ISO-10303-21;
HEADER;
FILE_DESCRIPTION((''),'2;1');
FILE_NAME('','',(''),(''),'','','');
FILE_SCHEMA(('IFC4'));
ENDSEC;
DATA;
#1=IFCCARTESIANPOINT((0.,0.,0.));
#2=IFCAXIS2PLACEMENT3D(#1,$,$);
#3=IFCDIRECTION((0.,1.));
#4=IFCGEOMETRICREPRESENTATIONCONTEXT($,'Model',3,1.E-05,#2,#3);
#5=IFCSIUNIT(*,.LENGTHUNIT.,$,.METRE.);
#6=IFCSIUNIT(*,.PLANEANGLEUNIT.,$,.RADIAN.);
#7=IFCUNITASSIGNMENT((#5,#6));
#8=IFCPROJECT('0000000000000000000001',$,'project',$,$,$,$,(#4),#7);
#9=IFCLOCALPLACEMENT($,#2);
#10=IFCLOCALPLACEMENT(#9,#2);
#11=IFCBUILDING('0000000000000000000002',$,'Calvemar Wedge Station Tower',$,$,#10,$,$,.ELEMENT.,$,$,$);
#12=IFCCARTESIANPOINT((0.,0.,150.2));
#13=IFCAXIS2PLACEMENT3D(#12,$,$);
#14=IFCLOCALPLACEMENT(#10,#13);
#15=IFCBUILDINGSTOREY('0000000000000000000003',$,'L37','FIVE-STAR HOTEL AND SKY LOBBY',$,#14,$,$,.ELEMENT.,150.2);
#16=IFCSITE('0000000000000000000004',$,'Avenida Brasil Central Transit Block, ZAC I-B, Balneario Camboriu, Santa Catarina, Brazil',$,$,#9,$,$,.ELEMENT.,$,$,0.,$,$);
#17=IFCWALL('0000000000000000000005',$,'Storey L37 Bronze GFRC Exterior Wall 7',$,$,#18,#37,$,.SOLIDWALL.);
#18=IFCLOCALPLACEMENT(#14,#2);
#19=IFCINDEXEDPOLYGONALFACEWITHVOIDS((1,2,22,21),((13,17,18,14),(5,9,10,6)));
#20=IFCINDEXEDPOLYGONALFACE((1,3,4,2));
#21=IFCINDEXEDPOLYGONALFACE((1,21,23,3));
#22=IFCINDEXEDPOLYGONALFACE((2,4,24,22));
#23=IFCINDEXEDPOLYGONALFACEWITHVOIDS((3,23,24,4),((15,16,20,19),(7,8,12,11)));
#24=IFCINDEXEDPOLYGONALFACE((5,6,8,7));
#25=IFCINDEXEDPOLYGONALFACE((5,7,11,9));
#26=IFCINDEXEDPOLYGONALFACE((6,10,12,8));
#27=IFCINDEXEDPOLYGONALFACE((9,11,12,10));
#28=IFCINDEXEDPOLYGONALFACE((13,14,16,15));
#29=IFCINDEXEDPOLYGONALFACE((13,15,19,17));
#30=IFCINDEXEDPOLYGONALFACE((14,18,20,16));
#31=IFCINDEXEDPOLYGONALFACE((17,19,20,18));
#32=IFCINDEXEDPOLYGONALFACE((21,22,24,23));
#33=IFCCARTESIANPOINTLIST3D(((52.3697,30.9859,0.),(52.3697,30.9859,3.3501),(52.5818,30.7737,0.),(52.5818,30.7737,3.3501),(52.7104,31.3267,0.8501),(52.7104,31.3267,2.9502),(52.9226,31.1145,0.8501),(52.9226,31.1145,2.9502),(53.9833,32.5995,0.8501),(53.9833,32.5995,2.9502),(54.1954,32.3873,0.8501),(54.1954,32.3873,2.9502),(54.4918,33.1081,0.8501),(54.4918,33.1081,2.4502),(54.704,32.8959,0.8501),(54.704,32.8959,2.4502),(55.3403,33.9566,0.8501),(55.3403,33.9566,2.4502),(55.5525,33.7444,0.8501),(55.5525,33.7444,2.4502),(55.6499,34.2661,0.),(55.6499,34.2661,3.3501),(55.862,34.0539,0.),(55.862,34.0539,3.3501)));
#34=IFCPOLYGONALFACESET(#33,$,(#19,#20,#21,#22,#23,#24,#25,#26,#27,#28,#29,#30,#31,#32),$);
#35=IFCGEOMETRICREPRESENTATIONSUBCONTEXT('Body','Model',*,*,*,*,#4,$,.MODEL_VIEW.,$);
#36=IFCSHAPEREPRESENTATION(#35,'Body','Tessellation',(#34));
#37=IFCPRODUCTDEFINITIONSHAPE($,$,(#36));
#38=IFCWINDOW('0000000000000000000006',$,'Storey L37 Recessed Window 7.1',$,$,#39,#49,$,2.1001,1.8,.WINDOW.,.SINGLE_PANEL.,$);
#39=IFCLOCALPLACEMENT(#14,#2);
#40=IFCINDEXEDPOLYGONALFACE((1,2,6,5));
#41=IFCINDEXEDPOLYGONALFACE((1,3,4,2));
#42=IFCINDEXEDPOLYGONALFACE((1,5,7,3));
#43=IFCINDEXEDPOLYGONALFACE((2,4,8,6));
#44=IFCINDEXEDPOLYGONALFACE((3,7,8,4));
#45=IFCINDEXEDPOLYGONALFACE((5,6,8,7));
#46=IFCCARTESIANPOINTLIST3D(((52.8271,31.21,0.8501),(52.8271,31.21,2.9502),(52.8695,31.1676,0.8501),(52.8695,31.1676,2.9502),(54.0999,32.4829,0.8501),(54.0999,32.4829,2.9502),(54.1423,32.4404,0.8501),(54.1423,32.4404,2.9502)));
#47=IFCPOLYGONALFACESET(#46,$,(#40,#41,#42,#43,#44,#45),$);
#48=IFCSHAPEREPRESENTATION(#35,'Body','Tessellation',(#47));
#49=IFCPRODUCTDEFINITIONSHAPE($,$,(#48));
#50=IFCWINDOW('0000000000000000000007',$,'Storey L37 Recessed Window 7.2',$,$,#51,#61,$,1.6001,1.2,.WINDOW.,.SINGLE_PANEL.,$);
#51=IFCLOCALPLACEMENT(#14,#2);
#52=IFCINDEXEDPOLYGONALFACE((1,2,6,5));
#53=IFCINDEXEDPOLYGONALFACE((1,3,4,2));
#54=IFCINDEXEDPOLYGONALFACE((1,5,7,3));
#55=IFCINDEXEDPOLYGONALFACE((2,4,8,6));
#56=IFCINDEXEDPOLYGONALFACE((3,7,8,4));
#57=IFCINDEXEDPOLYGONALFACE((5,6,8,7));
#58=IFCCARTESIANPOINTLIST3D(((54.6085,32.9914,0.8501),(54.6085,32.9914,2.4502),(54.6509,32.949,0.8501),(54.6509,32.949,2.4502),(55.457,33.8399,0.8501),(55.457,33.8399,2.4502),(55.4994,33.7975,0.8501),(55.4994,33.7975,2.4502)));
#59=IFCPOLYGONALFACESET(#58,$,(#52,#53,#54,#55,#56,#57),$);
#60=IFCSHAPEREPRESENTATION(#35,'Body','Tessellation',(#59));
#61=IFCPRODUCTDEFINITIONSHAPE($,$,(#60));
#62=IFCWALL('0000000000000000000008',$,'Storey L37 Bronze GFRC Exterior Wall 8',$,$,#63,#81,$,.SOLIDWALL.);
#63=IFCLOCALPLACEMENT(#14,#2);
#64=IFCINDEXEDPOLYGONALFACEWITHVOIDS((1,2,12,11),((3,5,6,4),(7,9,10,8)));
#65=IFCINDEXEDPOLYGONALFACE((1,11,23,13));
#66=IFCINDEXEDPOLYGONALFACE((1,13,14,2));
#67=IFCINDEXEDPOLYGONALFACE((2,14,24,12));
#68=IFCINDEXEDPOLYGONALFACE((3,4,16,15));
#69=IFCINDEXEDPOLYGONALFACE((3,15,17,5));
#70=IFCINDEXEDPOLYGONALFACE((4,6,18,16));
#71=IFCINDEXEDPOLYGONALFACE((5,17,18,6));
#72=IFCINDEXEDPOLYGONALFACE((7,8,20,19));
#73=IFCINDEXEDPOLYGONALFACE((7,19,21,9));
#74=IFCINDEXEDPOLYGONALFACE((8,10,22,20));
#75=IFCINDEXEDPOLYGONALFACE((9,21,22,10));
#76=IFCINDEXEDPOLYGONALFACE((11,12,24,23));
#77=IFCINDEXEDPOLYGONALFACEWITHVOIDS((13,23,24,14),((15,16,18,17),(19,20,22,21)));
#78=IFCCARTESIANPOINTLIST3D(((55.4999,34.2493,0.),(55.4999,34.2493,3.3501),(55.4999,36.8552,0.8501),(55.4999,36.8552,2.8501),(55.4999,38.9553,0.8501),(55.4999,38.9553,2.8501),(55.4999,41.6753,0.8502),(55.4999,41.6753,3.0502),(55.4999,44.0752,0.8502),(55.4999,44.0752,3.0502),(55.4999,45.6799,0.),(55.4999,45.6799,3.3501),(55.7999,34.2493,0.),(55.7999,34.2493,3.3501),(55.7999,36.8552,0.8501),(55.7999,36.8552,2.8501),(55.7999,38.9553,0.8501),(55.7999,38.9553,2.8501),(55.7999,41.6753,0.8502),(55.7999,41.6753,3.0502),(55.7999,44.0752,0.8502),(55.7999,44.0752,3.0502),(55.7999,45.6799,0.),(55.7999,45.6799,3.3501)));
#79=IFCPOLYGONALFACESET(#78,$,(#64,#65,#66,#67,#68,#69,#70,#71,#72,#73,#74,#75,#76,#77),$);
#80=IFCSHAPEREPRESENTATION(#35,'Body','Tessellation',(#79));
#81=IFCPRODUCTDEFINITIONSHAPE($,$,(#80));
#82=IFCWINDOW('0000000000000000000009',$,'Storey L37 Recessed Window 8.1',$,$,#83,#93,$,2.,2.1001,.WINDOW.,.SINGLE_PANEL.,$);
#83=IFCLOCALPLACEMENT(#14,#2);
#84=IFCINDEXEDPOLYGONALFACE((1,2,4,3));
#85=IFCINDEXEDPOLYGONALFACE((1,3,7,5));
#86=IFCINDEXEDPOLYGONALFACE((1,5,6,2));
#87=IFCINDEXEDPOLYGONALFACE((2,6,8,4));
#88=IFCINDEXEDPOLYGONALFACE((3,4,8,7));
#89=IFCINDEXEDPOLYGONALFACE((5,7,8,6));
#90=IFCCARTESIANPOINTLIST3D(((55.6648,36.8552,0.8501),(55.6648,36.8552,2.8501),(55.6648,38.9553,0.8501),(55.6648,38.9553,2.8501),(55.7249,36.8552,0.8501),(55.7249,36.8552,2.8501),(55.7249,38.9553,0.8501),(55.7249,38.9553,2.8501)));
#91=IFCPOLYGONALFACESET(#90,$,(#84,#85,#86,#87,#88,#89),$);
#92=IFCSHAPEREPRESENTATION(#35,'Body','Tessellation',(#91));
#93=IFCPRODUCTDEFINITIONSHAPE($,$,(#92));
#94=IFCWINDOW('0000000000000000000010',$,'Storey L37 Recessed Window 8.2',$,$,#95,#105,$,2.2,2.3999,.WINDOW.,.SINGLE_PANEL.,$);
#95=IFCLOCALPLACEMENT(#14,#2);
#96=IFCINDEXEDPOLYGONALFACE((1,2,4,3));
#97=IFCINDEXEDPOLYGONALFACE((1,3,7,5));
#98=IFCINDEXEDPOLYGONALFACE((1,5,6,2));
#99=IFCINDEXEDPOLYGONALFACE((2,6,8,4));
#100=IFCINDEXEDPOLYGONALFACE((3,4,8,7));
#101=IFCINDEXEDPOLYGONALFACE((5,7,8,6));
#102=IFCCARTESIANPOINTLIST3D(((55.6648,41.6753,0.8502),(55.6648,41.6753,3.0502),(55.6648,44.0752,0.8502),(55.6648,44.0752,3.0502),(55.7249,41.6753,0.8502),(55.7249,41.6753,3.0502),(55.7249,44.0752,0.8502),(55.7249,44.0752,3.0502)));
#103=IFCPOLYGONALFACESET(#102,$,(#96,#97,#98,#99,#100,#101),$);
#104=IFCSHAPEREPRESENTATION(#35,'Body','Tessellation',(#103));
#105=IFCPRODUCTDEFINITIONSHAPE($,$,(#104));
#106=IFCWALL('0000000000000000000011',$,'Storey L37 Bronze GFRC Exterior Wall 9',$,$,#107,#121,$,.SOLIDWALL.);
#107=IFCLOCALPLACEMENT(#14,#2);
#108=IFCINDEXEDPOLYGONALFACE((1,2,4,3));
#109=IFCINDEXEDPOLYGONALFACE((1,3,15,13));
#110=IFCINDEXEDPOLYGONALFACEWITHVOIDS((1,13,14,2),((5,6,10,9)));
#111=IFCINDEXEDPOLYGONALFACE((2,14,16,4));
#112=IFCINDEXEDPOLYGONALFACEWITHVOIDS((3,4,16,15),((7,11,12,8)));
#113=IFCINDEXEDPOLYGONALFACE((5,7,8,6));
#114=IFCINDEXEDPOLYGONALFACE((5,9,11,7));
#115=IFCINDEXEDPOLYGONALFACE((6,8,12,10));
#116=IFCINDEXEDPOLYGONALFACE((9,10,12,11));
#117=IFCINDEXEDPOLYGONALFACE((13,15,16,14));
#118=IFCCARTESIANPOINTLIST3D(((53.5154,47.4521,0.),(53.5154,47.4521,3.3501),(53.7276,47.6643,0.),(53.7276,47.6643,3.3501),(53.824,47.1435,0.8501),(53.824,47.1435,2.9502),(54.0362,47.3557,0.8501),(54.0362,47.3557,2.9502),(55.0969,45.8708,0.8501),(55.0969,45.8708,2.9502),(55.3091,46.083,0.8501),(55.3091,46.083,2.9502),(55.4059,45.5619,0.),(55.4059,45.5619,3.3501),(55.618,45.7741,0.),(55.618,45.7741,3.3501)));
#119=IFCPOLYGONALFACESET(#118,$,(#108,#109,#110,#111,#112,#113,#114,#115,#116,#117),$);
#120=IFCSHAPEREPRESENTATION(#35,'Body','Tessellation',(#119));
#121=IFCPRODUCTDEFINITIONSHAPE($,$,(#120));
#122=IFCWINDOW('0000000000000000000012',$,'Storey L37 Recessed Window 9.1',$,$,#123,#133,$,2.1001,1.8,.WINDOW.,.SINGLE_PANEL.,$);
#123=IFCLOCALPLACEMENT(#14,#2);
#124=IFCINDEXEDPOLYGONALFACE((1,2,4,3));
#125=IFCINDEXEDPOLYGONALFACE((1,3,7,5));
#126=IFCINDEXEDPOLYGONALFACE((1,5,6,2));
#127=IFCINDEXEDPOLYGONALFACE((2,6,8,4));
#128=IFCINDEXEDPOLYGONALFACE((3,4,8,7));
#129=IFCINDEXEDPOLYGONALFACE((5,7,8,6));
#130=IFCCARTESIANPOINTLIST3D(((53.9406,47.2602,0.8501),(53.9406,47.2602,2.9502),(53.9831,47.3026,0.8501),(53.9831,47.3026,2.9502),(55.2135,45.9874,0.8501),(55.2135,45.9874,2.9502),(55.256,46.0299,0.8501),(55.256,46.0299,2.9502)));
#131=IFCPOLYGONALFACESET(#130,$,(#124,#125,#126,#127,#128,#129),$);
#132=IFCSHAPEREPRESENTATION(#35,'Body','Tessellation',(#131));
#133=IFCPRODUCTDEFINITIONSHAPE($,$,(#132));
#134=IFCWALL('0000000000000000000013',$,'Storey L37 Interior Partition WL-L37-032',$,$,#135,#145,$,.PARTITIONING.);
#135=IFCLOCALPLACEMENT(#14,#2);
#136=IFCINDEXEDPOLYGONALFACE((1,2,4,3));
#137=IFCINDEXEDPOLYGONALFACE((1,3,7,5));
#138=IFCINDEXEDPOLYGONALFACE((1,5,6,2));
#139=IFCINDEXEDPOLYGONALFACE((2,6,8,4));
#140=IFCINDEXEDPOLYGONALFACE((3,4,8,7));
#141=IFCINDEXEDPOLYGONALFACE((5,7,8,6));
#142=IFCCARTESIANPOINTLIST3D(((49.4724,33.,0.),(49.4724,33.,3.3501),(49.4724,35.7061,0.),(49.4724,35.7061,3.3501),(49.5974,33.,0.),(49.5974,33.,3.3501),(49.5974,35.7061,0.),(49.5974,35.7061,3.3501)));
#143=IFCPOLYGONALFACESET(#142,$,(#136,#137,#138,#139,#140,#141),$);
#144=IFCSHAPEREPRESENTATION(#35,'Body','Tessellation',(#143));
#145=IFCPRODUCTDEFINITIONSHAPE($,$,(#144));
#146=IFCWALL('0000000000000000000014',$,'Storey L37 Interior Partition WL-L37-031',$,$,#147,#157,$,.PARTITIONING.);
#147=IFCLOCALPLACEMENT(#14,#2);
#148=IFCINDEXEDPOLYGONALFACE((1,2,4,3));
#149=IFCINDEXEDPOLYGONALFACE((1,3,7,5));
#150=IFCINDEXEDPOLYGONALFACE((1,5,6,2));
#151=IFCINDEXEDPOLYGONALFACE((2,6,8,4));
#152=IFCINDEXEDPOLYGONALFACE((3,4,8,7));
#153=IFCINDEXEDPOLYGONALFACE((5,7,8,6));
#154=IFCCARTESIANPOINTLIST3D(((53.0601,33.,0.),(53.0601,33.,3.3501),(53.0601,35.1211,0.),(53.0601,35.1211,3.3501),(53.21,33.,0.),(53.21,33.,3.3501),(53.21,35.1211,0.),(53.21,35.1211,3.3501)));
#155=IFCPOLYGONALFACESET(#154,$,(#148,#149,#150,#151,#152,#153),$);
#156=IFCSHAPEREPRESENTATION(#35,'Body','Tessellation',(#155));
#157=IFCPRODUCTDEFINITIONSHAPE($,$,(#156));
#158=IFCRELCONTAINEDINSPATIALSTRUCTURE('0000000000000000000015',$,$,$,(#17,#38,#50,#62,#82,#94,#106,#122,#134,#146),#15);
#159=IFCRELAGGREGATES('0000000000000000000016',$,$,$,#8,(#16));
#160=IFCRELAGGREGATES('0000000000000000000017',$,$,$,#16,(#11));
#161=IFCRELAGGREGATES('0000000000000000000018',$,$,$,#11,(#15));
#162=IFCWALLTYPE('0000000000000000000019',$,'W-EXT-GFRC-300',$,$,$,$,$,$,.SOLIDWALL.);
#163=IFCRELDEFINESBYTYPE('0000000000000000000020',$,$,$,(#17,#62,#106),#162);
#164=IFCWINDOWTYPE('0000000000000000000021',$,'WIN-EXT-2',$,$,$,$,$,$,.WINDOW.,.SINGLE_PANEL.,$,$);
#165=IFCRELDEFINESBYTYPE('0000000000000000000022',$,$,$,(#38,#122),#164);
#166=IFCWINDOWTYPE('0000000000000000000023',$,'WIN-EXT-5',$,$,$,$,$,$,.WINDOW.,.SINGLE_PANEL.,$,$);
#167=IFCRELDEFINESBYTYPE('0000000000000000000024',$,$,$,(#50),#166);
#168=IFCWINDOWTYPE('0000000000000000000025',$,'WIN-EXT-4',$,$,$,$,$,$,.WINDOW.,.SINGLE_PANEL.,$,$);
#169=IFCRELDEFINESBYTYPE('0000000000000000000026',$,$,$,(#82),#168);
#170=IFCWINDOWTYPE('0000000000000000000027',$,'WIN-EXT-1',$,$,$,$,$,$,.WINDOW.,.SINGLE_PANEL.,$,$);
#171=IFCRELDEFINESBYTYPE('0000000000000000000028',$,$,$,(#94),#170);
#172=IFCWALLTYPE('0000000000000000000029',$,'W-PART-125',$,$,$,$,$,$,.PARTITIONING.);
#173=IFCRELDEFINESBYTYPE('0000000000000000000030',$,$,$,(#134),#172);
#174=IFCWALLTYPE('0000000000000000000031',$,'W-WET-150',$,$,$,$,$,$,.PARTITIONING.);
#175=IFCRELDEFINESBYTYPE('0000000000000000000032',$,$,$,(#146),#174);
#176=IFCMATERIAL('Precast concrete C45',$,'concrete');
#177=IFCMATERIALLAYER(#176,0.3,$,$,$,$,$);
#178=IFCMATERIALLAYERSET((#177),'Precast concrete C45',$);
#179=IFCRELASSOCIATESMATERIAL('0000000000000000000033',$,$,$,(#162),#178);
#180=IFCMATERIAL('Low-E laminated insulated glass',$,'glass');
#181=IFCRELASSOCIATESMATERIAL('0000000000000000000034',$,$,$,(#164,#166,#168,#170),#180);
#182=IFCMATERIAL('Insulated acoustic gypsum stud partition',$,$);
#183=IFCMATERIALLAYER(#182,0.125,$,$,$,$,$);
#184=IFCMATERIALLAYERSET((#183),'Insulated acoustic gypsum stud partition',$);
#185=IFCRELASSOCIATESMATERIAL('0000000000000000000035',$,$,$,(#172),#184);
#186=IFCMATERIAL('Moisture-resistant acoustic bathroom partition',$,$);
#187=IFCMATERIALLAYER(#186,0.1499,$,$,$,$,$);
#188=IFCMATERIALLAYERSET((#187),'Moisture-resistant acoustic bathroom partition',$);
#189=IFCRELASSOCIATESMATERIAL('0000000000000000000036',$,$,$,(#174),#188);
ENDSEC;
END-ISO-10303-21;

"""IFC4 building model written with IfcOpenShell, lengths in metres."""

from ifc_helpers import new_model, si_unit, direction, frame, frame_2d, origin, place, context, subcontext, project, spatial, rectangle, extrude, source, transform, mapped, material, layer, layer_set, type_object, element, fill, save


model = new_model("IFC4")

# Units and contexts
model_context = context("Model", 3, precision=1e-05, world=origin(), true_north=direction((0.0, 1.0)))
body_context = subcontext(model_context, "Body", "Model", "MODEL_VIEW")
ifc_project = project(units=[si_unit("LENGTHUNIT", "METRE"), si_unit("PLANEANGLEUNIT", "RADIAN")], contexts=[model_context])

# Site, building, storey
site_placement = place(None, origin())
site = spatial("IfcSite", under=ifc_project, at=site_placement, Name="Avenida Brasil Central Transit Block, ZAC I-B, Balneario Camboriu, Santa Catarina, Brazil", CompositionType="ELEMENT", RefElevation=0.0)
building_placement = place(site_placement, origin())
building = spatial("IfcBuilding", under=site, at=building_placement, Name="Calvemar Wedge Station Tower", CompositionType="ELEMENT")
storey_placement = place(building_placement, frame((0.0, 0.0, 150.2)))
storey = spatial("IfcBuildingStorey", under=building, at=storey_placement, Name="L37", Description="FIVE-STAR HOTEL AND SKY LOBBY", CompositionType="ELEMENT", Elevation=150.2)

# Shared definitions
ifc_material_1 = material(Name="Precast concrete C45", Category="concrete")
ifc_layer_1 = layer(ifc_material_1, 0.3)
ifc_layer_set_1 = layer_set([ifc_layer_1], Name="Precast concrete C45")
wall_type_1 = type_object("IfcWallType", Name="W-EXT-GFRC-300", PredefinedType="SOLIDWALL", material=ifc_layer_set_1)

# Walls, openings, windows
wall_1_placement = place(storey_placement, frame((52.4758, 30.8799, 0.0), z_axis=(0.0, 0.0, 1.0), x_axis=(0.707107, 0.707107, 0.0)))
wall_1 = element("IfcWall", 1, at=wall_1_placement, inside=storey, type_object=wall_type_1, Name="Storey L37 Bronze GFRC Exterior Wall 7", PredefinedType="SOLIDWALL", context=body_context, shape_type="SweptSolid", body=[
    extrude(rectangle(XDim=4.6389, YDim=0.3, at=frame_2d((2.3193, 0.0))), origin(), (0.0, 0.0, 1.0), 3.3501),
])
shared_shape_1 = source(origin(), body_context, "Body", "SweptSolid", [
    extrude(rectangle(XDim=1.8, YDim=2.1001, at=frame_2d((0.8999, 1.05))), frame((0.0, 0.1602, 0.0), z_axis=(0.0, -1.0, 0.0), x_axis=(1.0, 0.0, 0.0)), (0.0, 0.0, 1.0), 0.3201),
])
opening_1_placement = place(wall_1_placement, frame((0.4819, 0.0, 0.8501)))
opening_1 = element("IfcOpeningElement", 2, at=opening_1_placement, cuts=wall_1, PredefinedType="OPENING", context=body_context, shape_type="MappedRepresentation", body=[
    mapped(shared_shape_1, transform((0.0, 0.0, 0.0), scale=1.0)),
])
shared_shape_2 = source(origin(), body_context, "Body", "SweptSolid", [
    extrude(rectangle(XDim=1.2, YDim=1.6001, at=frame_2d((0.6001, 0.8))), frame((0.0, 0.1602, 0.0), z_axis=(0.0, -1.0, 0.0), x_axis=(1.0, 0.0, 0.0)), (0.0, 0.0, 1.0), 0.3201),
])
opening_2_placement = place(wall_1_placement, frame((3.001, 0.0, 0.8501)))
opening_2 = element("IfcOpeningElement", 3, at=opening_2_placement, cuts=wall_1, PredefinedType="OPENING", context=body_context, shape_type="MappedRepresentation", body=[
    mapped(shared_shape_2, transform((0.0, 0.0, 0.0), scale=1.0)),
])
ifc_material_2 = material(Name="Low-E laminated insulated glass", Category="glass")
window_type_1 = type_object("IfcWindowType", Name="WIN-EXT-2", PartitioningType="SINGLE_PANEL", PredefinedType="WINDOW", material=ifc_material_2)
shared_shape_3 = source(origin(), body_context, "Body", "SweptSolid", [
    extrude(rectangle(XDim=1.8, YDim=2.1001, at=frame_2d((0.8999, 1.05))), frame((0.0, -0.0149, 0.0), z_axis=(0.0, -1.0, 0.0), x_axis=(1.0, 0.0, 0.0)), (0.0, 0.0, 1.0), 0.0601),
])
window_1_placement = place(opening_1_placement, origin())
window_1 = element("IfcWindow", 4, at=window_1_placement, inside=storey, type_object=window_type_1, Name="Storey L37 Recessed Window 7.1", OverallHeight=2.1001, OverallWidth=1.8, PartitioningType="SINGLE_PANEL", PredefinedType="WINDOW", context=body_context, shape_type="MappedRepresentation", body=[
    mapped(shared_shape_3, transform((0.0, 0.0, 0.0), scale=1.0)),
])
fill(opening_1, window_1)
window_type_2 = type_object("IfcWindowType", Name="WIN-EXT-5", PartitioningType="SINGLE_PANEL", PredefinedType="WINDOW", material=ifc_material_2)
shared_shape_4 = source(origin(), body_context, "Body", "SweptSolid", [
    extrude(rectangle(XDim=1.2, YDim=1.6001, at=frame_2d((0.6001, 0.8))), frame((0.0, -0.0149, 0.0), z_axis=(0.0, -1.0, 0.0), x_axis=(1.0, 0.0, 0.0)), (0.0, 0.0, 1.0), 0.0601),
])
window_2_placement = place(opening_2_placement, origin())
window_2 = element("IfcWindow", 5, at=window_2_placement, inside=storey, type_object=window_type_2, Name="Storey L37 Recessed Window 7.2", OverallHeight=1.6001, OverallWidth=1.2, PartitioningType="SINGLE_PANEL", PredefinedType="WINDOW", context=body_context, shape_type="MappedRepresentation", body=[
    mapped(shared_shape_4, transform((0.0, 0.0, 0.0), scale=1.0)),
])
fill(opening_2, window_2)
wall_2_placement = place(storey_placement, frame((55.6499, 34.2493, 0.0), z_axis=(0.0, 0.0, 1.0), x_axis=(0.0, 1.0, 0.0)))
wall_2 = element("IfcWall", 6, at=wall_2_placement, inside=storey, type_object=wall_type_1, Name="Storey L37 Bronze GFRC Exterior Wall 8", PredefinedType="SOLIDWALL", context=body_context, shape_type="SweptSolid", body=[
    extrude(rectangle(XDim=11.4307, YDim=0.3, at=frame_2d((5.7153, 0.0))), origin(), (0.0, 0.0, 1.0), 3.3501),
])
shared_shape_5 = source(origin(), body_context, "Body", "SweptSolid", [
    extrude(rectangle(XDim=2.1001, YDim=2.0, at=frame_2d((1.05, 1.0))), frame((0.0, 0.1602, 0.0), z_axis=(0.0, -1.0, 0.0), x_axis=(1.0, 0.0, 0.0)), (0.0, 0.0, 1.0), 0.3201),
])
opening_3_placement = place(wall_2_placement, frame((2.606, 0.0, 0.8501)))
opening_3 = element("IfcOpeningElement", 7, at=opening_3_placement, cuts=wall_2, PredefinedType="OPENING", context=body_context, shape_type="MappedRepresentation", body=[
    mapped(shared_shape_5, transform((0.0, 0.0, 0.0), scale=1.0)),
])
shared_shape_6 = source(origin(), body_context, "Body", "SweptSolid", [
    extrude(rectangle(XDim=2.3999, YDim=2.2, at=frame_2d((1.2, 1.1001))), frame((0.0, 0.1602, 0.0), z_axis=(0.0, -1.0, 0.0), x_axis=(1.0, 0.0, 0.0)), (0.0, 0.0, 1.0), 0.3201),
])
opening_4_placement = place(wall_2_placement, frame((7.426, 0.0, 0.8501)))
opening_4 = element("IfcOpeningElement", 8, at=opening_4_placement, cuts=wall_2, PredefinedType="OPENING", context=body_context, shape_type="MappedRepresentation", body=[
    mapped(shared_shape_6, transform((0.0, 0.0, 0.0), scale=1.0)),
])
window_type_3 = type_object("IfcWindowType", Name="WIN-EXT-4", PartitioningType="SINGLE_PANEL", PredefinedType="WINDOW", material=ifc_material_2)
shared_shape_7 = source(origin(), body_context, "Body", "SweptSolid", [
    extrude(rectangle(XDim=2.1001, YDim=2.0, at=frame_2d((1.05, 1.0))), frame((0.0, -0.0149, 0.0), z_axis=(0.0, -1.0, 0.0), x_axis=(1.0, 0.0, 0.0)), (0.0, 0.0, 1.0), 0.0601),
])
window_3_placement = place(opening_3_placement, origin())
window_3 = element("IfcWindow", 9, at=window_3_placement, inside=storey, type_object=window_type_3, Name="Storey L37 Recessed Window 8.1", OverallHeight=2.0, OverallWidth=2.1001, PartitioningType="SINGLE_PANEL", PredefinedType="WINDOW", context=body_context, shape_type="MappedRepresentation", body=[
    mapped(shared_shape_7, transform((0.0, 0.0, 0.0), scale=1.0)),
])
fill(opening_3, window_3)
window_type_4 = type_object("IfcWindowType", Name="WIN-EXT-1", PartitioningType="SINGLE_PANEL", PredefinedType="WINDOW", material=ifc_material_2)
shared_shape_8 = source(origin(), body_context, "Body", "SweptSolid", [
    extrude(rectangle(XDim=2.3999, YDim=2.2, at=frame_2d((1.2, 1.1001))), frame((0.0, -0.0149, 0.0), z_axis=(0.0, -1.0, 0.0), x_axis=(1.0, 0.0, 0.0)), (0.0, 0.0, 1.0), 0.0601),
])
window_4_placement = place(opening_4_placement, origin())
window_4 = element("IfcWindow", 10, at=window_4_placement, inside=storey, type_object=window_type_4, Name="Storey L37 Recessed Window 8.2", OverallHeight=2.2, OverallWidth=2.3999, PartitioningType="SINGLE_PANEL", PredefinedType="WINDOW", context=body_context, shape_type="MappedRepresentation", body=[
    mapped(shared_shape_8, transform((0.0, 0.0, 0.0), scale=1.0)),
])
fill(opening_4, window_4)

# Wall, opening, window
wall_3_placement = place(storey_placement, frame((55.512, 45.668, 0.0), z_axis=(0.0, 0.0, 1.0), x_axis=(-0.707152, 0.707061, 0.0)))
wall_3 = element("IfcWall", 11, at=wall_3_placement, inside=storey, type_object=wall_type_1, Name="Storey L37 Bronze GFRC Exterior Wall 9", PredefinedType="SOLIDWALL", context=body_context, shape_type="SweptSolid", body=[
    extrude(rectangle(XDim=2.6733, YDim=0.3, at=frame_2d((1.3367, 0.0))), origin(), (0.0, 0.0, 1.0), 3.3501),
])
opening_5_placement = place(wall_3_placement, frame((0.437, 0.0, 0.8501)))
opening_5 = element("IfcOpeningElement", 12, at=opening_5_placement, cuts=wall_3, PredefinedType="OPENING", context=body_context, shape_type="MappedRepresentation", body=[
    mapped(shared_shape_1, transform((0.0, 0.0, 0.0), scale=1.0)),
])
window_5_placement = place(opening_5_placement, origin())
window_5 = element("IfcWindow", 13, at=window_5_placement, inside=storey, type_object=window_type_1, Name="Storey L37 Recessed Window 9.1", OverallHeight=2.1001, OverallWidth=1.8, PartitioningType="SINGLE_PANEL", PredefinedType="WINDOW", context=body_context, shape_type="MappedRepresentation", body=[
    mapped(shared_shape_3, transform((0.0, 0.0, 0.0), scale=1.0)),
])
fill(opening_5, window_5)

# Wall
ifc_material_3 = material(Name="Insulated acoustic gypsum stud partition")
ifc_layer_2 = layer(ifc_material_3, 0.125)
ifc_layer_set_2 = layer_set([ifc_layer_2], Name="Insulated acoustic gypsum stud partition")
wall_type_2 = type_object("IfcWallType", Name="W-PART-125", PredefinedType="PARTITIONING", material=ifc_layer_set_2)
wall_4_placement = place(storey_placement, frame((49.5349, 33.0, 0.0), z_axis=(0.0, 0.0, 1.0), x_axis=(0.0, 1.0, 0.0)))
element("IfcWall", 14, at=wall_4_placement, inside=storey, type_object=wall_type_2, Name="Storey L37 Interior Partition WL-L37-032", PredefinedType="PARTITIONING", context=body_context, shape_type="SweptSolid", body=[
    extrude(rectangle(XDim=2.7061, YDim=0.125, at=frame_2d((1.353, 0.0))), origin(), (0.0, 0.0, 1.0), 3.3501),
])

# Shared definitions
ifc_material_4 = material(Name="Moisture-resistant acoustic bathroom partition")
ifc_layer_3 = layer(ifc_material_4, 0.1499)
ifc_layer_set_3 = layer_set([ifc_layer_3], Name="Moisture-resistant acoustic bathroom partition")
wall_type_3 = type_object("IfcWallType", Name="W-WET-150", PredefinedType="PARTITIONING", material=ifc_layer_set_3)

# Wall
wall_5_placement = place(storey_placement, frame((53.135, 33.0, 0.0), z_axis=(0.0, 0.0, 1.0), x_axis=(0.0, 1.0, 0.0)))
element("IfcWall", 15, at=wall_5_placement, inside=storey, type_object=wall_type_3, Name="Storey L37 Interior Partition WL-L37-031", PredefinedType="PARTITIONING", context=body_context, shape_type="SweptSolid", body=[
    extrude(rectangle(XDim=2.1211, YDim=0.1499, at=frame_2d((1.0605, 0.0))), origin(), (0.0, 0.0, 1.0), 3.3501),
])

save(model, "model.ifc")
